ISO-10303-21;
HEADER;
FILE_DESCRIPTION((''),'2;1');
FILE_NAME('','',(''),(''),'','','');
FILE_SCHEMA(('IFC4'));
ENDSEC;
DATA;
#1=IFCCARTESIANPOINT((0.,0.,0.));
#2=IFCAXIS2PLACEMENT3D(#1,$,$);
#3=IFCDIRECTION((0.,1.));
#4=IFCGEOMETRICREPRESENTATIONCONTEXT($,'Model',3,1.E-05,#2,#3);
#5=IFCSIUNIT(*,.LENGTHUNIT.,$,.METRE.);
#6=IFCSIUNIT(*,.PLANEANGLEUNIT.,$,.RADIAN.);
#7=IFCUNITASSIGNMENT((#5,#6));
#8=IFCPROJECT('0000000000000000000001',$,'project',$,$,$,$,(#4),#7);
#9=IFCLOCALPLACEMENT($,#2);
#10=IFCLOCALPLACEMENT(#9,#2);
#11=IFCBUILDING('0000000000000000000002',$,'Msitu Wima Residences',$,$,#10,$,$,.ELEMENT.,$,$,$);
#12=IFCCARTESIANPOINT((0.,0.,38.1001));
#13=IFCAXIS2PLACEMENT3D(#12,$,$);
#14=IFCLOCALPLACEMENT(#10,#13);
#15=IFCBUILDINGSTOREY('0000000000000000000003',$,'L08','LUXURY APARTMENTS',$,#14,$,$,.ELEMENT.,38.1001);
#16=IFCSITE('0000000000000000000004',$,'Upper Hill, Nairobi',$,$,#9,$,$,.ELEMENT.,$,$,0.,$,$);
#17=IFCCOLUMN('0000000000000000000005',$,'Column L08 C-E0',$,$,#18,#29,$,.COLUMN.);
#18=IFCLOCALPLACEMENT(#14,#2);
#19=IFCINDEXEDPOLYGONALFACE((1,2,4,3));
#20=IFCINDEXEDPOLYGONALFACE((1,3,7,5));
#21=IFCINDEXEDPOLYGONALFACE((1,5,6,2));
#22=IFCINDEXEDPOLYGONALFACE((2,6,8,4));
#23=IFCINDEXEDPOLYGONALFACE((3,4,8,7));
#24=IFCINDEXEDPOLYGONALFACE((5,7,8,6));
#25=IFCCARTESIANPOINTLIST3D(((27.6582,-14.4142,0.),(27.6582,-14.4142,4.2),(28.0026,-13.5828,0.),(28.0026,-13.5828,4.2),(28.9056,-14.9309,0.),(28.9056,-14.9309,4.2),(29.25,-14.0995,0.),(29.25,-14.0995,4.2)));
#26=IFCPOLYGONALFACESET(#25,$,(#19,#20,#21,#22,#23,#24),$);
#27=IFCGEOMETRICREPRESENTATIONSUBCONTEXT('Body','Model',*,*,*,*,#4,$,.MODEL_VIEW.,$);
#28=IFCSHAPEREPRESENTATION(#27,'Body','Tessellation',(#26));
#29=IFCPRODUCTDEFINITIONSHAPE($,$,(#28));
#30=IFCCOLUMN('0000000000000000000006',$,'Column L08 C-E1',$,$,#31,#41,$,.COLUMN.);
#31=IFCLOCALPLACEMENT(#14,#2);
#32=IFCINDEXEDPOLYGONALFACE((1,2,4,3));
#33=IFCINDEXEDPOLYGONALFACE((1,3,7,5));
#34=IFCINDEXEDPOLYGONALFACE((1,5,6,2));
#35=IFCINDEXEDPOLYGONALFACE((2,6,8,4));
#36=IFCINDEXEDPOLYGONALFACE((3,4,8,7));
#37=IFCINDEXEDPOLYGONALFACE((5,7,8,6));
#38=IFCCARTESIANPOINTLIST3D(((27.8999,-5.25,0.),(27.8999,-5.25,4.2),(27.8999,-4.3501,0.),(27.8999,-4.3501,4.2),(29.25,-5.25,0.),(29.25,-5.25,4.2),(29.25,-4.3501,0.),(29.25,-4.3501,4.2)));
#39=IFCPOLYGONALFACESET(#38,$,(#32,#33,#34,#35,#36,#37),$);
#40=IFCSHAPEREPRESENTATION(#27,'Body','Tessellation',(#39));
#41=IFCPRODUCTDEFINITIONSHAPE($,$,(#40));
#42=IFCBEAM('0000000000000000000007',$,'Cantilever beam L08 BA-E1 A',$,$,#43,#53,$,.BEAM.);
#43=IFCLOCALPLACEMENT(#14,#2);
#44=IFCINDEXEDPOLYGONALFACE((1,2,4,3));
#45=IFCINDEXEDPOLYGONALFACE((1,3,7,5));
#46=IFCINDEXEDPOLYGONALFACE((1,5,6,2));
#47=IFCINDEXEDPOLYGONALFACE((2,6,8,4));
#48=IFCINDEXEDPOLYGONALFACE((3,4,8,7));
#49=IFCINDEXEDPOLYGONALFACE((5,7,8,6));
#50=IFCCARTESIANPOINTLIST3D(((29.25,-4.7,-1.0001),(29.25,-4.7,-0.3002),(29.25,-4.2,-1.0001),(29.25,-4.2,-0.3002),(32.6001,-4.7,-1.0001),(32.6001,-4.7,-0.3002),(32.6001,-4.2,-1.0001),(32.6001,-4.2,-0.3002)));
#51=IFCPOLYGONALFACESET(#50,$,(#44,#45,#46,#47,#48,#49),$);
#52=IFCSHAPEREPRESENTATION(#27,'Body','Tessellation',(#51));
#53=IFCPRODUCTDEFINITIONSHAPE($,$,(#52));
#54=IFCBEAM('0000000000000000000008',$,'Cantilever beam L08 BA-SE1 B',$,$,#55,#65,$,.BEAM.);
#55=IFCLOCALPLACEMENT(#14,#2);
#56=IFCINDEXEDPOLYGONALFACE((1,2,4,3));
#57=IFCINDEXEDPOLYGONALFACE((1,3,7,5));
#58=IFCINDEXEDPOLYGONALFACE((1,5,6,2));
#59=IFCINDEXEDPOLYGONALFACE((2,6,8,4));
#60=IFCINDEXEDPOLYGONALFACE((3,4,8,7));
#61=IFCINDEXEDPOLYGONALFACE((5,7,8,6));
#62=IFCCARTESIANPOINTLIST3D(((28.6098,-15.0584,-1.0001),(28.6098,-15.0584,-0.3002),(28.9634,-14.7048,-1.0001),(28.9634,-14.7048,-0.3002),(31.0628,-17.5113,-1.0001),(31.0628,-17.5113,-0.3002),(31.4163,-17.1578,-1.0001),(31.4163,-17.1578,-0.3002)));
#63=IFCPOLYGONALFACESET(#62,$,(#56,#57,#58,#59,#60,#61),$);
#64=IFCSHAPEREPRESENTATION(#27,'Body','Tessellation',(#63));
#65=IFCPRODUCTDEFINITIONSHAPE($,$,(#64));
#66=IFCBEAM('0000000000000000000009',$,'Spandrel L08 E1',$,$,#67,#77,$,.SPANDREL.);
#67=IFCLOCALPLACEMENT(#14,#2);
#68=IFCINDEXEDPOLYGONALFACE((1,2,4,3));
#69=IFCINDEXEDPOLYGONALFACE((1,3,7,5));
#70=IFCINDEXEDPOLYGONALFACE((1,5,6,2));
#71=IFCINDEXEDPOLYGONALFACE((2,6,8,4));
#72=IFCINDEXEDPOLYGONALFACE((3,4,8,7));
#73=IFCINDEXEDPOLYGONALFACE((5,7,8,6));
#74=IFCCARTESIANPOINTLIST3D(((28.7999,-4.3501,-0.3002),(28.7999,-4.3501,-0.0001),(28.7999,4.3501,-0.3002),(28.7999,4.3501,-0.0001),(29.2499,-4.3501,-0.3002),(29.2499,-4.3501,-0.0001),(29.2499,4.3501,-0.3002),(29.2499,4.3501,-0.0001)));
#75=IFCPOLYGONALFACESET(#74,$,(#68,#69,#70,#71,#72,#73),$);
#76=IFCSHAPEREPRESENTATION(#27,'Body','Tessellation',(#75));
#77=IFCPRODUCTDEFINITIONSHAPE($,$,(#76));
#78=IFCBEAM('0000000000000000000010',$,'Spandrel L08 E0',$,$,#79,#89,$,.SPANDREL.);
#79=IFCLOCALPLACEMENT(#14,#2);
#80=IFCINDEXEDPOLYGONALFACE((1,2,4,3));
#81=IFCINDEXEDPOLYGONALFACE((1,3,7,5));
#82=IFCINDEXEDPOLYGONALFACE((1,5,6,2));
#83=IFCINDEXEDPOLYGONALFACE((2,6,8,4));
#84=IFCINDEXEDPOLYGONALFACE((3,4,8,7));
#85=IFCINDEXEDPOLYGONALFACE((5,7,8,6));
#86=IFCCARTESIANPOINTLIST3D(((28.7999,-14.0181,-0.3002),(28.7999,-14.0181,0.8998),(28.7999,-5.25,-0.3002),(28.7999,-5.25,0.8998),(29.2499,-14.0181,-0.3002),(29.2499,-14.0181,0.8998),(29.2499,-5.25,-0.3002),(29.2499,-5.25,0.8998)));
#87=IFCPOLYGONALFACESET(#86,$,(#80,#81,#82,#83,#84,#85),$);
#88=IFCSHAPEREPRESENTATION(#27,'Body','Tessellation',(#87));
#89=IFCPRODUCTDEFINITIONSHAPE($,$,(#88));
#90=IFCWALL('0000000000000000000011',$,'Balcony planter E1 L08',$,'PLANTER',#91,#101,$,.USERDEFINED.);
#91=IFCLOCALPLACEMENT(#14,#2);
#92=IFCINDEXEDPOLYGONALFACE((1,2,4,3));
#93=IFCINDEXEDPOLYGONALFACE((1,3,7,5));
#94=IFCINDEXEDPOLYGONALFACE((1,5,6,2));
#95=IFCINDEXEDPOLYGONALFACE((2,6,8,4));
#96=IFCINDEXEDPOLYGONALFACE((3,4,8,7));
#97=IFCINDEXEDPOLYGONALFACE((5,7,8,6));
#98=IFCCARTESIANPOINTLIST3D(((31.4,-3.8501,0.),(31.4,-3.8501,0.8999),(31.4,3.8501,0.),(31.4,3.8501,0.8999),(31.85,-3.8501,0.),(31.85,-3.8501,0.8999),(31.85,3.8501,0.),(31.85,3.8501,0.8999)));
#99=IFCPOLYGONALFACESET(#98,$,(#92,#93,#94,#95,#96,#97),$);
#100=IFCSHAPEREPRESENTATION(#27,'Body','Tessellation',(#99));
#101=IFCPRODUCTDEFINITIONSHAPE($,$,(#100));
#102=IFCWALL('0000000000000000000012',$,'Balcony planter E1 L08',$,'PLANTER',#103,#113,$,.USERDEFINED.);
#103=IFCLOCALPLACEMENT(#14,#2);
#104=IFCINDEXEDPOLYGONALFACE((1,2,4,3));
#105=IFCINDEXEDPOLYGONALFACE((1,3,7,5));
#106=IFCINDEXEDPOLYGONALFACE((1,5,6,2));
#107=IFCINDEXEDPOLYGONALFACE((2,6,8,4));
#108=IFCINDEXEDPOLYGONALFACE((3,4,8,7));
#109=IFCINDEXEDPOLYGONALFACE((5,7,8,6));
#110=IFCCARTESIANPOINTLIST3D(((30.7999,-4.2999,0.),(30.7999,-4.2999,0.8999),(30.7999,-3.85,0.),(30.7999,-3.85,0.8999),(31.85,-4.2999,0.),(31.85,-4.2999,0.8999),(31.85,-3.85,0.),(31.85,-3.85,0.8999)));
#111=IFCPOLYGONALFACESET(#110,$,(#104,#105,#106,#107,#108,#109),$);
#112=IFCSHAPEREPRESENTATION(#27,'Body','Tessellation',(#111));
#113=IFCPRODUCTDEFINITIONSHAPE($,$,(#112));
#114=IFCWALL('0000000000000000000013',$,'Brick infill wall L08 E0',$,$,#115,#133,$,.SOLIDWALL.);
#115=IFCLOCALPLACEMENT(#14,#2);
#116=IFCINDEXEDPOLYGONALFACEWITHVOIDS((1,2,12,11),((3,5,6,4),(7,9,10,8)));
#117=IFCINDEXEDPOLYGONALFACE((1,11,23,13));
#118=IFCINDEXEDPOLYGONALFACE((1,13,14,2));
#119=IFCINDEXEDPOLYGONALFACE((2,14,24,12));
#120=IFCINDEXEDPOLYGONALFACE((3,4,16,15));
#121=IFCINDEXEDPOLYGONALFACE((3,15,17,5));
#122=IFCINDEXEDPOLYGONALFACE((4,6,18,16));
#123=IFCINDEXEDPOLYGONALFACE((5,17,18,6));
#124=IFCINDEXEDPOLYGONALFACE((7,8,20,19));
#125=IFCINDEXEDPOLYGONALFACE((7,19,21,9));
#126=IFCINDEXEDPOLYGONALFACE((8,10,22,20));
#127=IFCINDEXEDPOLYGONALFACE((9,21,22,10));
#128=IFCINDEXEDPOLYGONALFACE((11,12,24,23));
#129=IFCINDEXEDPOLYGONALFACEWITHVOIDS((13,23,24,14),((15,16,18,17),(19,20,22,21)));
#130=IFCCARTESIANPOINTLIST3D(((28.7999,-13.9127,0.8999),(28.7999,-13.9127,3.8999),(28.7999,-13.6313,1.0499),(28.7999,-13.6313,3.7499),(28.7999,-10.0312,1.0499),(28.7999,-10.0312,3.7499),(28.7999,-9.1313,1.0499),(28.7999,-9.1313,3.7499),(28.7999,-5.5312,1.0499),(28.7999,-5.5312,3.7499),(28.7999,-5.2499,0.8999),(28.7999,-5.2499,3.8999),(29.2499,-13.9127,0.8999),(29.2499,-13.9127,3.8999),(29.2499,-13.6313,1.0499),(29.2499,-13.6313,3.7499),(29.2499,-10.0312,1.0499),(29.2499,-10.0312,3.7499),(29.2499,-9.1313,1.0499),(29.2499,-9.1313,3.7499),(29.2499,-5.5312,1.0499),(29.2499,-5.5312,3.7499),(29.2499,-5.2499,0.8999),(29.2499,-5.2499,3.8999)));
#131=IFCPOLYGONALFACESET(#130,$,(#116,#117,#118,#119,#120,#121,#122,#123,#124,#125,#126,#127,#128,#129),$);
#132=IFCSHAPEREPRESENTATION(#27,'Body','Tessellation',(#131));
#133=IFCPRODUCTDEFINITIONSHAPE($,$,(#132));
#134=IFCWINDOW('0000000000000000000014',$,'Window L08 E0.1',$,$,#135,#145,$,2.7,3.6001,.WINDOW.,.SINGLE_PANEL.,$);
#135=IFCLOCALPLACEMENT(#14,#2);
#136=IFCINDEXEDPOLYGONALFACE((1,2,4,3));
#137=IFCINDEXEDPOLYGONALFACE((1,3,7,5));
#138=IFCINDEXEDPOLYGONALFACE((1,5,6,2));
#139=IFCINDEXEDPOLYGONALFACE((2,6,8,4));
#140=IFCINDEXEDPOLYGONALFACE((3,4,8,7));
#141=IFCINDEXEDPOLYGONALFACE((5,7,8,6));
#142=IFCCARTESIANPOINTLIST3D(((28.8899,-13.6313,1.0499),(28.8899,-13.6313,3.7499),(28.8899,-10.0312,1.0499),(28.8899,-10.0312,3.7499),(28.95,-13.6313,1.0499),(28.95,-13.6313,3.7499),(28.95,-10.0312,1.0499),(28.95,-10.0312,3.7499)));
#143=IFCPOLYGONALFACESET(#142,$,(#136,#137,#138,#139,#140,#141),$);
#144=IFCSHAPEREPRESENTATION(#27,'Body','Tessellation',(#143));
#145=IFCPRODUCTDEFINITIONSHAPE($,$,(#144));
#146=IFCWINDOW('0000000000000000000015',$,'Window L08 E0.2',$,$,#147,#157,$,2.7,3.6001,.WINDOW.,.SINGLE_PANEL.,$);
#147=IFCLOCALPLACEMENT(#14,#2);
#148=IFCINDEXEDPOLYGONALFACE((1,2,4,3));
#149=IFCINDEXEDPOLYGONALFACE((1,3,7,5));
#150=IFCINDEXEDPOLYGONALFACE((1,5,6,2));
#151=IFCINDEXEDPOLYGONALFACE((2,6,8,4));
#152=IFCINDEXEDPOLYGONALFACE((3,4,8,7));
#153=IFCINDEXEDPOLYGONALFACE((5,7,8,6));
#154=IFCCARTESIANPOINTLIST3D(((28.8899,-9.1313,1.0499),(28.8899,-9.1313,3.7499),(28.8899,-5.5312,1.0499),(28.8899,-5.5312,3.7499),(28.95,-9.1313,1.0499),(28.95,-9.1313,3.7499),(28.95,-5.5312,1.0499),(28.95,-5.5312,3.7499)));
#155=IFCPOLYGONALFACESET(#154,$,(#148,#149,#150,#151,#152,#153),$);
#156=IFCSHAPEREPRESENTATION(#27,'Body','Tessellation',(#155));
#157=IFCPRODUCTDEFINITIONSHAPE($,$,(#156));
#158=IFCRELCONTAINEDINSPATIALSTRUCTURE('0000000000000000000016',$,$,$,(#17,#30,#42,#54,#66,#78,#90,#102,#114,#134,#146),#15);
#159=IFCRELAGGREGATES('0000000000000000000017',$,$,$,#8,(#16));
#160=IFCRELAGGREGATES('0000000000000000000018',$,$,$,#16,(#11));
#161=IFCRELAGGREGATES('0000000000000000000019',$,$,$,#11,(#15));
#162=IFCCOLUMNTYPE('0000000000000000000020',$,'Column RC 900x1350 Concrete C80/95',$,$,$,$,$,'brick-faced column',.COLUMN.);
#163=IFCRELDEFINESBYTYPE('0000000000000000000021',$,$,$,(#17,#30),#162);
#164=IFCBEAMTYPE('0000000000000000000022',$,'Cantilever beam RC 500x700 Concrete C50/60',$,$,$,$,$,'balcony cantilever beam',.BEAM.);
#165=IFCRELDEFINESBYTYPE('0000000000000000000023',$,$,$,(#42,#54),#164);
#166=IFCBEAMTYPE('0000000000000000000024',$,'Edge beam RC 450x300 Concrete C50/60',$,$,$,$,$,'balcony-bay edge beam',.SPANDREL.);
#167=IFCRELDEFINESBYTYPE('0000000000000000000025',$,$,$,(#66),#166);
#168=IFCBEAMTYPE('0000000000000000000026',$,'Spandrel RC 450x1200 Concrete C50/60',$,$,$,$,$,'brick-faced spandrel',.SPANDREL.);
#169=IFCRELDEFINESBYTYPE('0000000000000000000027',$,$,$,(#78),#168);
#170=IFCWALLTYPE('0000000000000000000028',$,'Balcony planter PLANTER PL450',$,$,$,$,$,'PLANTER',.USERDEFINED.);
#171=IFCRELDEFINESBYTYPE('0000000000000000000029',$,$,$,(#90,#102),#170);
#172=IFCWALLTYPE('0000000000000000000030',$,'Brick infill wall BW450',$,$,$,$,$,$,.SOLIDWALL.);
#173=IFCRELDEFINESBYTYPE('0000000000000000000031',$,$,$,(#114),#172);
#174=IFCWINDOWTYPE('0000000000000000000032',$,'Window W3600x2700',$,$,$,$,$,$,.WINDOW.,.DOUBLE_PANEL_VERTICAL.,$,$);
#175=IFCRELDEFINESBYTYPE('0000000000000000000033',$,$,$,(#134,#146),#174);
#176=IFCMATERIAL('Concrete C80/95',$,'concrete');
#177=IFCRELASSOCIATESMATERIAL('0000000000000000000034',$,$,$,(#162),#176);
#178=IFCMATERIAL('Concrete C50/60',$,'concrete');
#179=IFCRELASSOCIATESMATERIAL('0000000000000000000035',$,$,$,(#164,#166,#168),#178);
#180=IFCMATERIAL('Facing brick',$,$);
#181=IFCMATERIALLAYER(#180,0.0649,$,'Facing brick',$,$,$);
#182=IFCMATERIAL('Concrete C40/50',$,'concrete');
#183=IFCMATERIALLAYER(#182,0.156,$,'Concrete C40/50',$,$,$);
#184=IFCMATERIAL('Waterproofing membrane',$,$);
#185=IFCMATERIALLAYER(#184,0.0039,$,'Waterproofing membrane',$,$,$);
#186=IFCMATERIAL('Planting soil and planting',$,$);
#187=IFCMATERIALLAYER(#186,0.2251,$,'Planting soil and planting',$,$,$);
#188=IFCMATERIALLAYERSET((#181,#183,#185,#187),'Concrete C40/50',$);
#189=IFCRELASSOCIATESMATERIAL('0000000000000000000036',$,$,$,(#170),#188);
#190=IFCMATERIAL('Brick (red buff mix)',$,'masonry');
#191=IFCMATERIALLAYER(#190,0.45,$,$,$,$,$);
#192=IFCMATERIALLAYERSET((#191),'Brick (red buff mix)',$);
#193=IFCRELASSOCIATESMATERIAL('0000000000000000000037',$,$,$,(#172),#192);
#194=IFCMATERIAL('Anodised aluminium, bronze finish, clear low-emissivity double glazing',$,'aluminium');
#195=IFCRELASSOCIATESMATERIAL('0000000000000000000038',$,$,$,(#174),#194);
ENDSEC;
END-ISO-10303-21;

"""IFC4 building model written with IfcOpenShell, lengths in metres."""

from ifc_helpers import new_model, si_unit, direction, frame, frame_2d, origin, origin_2d, place, context, subcontext, project, spatial, rectangle, extrude, material, layer, layer_set, material_profile, profile_set, type_object, element, fill, save


model = new_model("IFC4")

# Units and contexts
model_context = context("Model", 3, precision=1e-05, world=origin(), true_north=direction((0.0, 1.0)))
body_context = subcontext(model_context, "Body", "Model", "MODEL_VIEW")
ifc_project = project(units=[si_unit("LENGTHUNIT", "METRE"), si_unit("PLANEANGLEUNIT", "RADIAN")], contexts=[model_context])

# Site, building, storey
site_placement = place(None, origin())
site = spatial("IfcSite", under=ifc_project, at=site_placement, Name="Upper Hill, Nairobi", CompositionType="ELEMENT", RefElevation=0.0)
building_placement = place(site_placement, origin())
building = spatial("IfcBuilding", under=site, at=building_placement, Name="Msitu Wima Residences", CompositionType="ELEMENT")
storey_placement = place(building_placement, frame((0.0, 0.0, 38.1001)))
storey = spatial("IfcBuildingStorey", under=building, at=storey_placement, Name="L08", Description="LUXURY APARTMENTS", CompositionType="ELEMENT", Elevation=38.1001)

# Columns
ifc_material_1 = material(Name="Concrete C80/95", Category="concrete")
ifc_material_profile_1 = material_profile(ifc_material_1, rectangle(XDim=0.8999, YDim=1.3501, at=origin_2d()), Name="RC 900x1350")
ifc_profile_set_1 = profile_set([ifc_material_profile_1], Name="Concrete C80/95")
column_type = type_object("IfcColumnType", Name="Column RC 900x1350 Concrete C80/95", ElementType="brick-faced column", PredefinedType="COLUMN", material=ifc_profile_set_1)
for number, where, z_axis, x_axis, name in (
    (1, (28.4541, -14.2568, 0.0), (0.0, 0.0, 1.0), (0.382683, 0.92388, 0.0), "Column L08 C-E0"),
    (2, (28.575, -4.8, 0.0), (0.0, 0.0, 1.0), (0.0, 1.0, 0.0), "Column L08 C-E1"),
):
    element("IfcColumn", number, at=place(storey_placement, frame(where, z_axis=z_axis, x_axis=x_axis)), inside=storey, type_object=column_type, Name=name, PredefinedType="COLUMN", context=body_context, shape_type="SweptSolid", body=[
        extrude(rectangle(XDim=0.8999, YDim=1.3501, at=origin_2d()), origin(), (0.0, 0.0, 1.0), 4.2),
    ])

# Beams
ifc_material_2 = material(Name="Concrete C50/60", Category="concrete")
ifc_material_profile_2 = material_profile(ifc_material_2, rectangle(XDim=0.5, YDim=0.7, at=origin_2d()), Name="RC 500x700")
ifc_profile_set_2 = profile_set([ifc_material_profile_2], Name="Concrete C50/60")
beam_type_1 = type_object("IfcBeamType", Name="Cantilever beam RC 500x700 Concrete C50/60", ElementType="balcony cantilever beam", PredefinedType="BEAM", material=ifc_profile_set_2)
beam_1_placement = place(storey_placement, frame((29.25, -4.45, -0.6501), z_axis=(1.0, 0.0, 0.0), x_axis=(0.0, 1.0, 0.0)))
element("IfcBeam", 3, at=beam_1_placement, inside=storey, type_object=beam_type_1, Name="Cantilever beam L08 BA-E1 A", PredefinedType="BEAM", context=body_context, shape_type="SweptSolid", body=[
    extrude(rectangle(XDim=0.5, YDim=0.7, at=origin_2d()), origin(), (0.0, 0.0, 1.0), 3.3501),
])
beam_2_placement = place(storey_placement, frame((28.7866, -14.8816, -0.6501), z_axis=(0.707107, -0.707107, 0.0), x_axis=(0.707107, 0.707107, 0.0)))
element("IfcBeam", 4, at=beam_2_placement, inside=storey, type_object=beam_type_1, Name="Cantilever beam L08 BA-SE1 B", PredefinedType="BEAM", context=body_context, shape_type="SweptSolid", body=[
    extrude(rectangle(XDim=0.5, YDim=0.7, at=origin_2d()), origin(), (0.0, 0.0, 1.0), 3.469),
])
ifc_material_profile_3 = material_profile(ifc_material_2, rectangle(XDim=0.45, YDim=0.3, at=origin_2d()), Name="RC 450x300")
ifc_profile_set_3 = profile_set([ifc_material_profile_3], Name="Concrete C50/60")
beam_type_2 = type_object("IfcBeamType", Name="Edge beam RC 450x300 Concrete C50/60", ElementType="balcony-bay edge beam", PredefinedType="SPANDREL", material=ifc_profile_set_3)
beam_3_placement = place(storey_placement, frame((29.0249, -4.3501, -0.1501), z_axis=(0.0, 1.0, 0.0), x_axis=(-1.0, 0.0, 0.0)))
element("IfcBeam", 5, at=beam_3_placement, inside=storey, type_object=beam_type_2, Name="Spandrel L08 E1", PredefinedType="SPANDREL", context=body_context, shape_type="SweptSolid", body=[
    extrude(rectangle(XDim=0.45, YDim=0.3, at=origin_2d()), origin(), (0.0, 0.0, 1.0), 8.7002),
])
ifc_material_profile_4 = material_profile(ifc_material_2, rectangle(XDim=0.45, YDim=1.2, at=origin_2d()), Name="RC 450x1200")
ifc_profile_set_4 = profile_set([ifc_material_profile_4], Name="Concrete C50/60")
beam_type_3 = type_object("IfcBeamType", Name="Spandrel RC 450x1200 Concrete C50/60", ElementType="brick-faced spandrel", PredefinedType="SPANDREL", material=ifc_profile_set_4)
beam_4_placement = place(storey_placement, frame((29.0249, -14.0181, 0.2998), z_axis=(0.0, 1.0, 0.0), x_axis=(-1.0, 0.0, 0.0)))
element("IfcBeam", 6, at=beam_4_placement, inside=storey, type_object=beam_type_3, Name="Spandrel L08 E0", PredefinedType="SPANDREL", context=body_context, shape_type="SweptSolid", body=[
    extrude(rectangle(XDim=0.45, YDim=1.2, at=origin_2d()), origin(), (0.0, 0.0, 1.0), 8.7681),
])

# Walls
ifc_material_3 = material(Name="Facing brick")
ifc_layer_1 = layer(ifc_material_3, 0.0649, Name="Facing brick")
ifc_material_4 = material(Name="Concrete C40/50", Category="concrete")
ifc_layer_2 = layer(ifc_material_4, 0.156, Name="Concrete C40/50")
ifc_material_5 = material(Name="Waterproofing membrane")
ifc_layer_3 = layer(ifc_material_5, 0.0039, Name="Waterproofing membrane")
ifc_material_6 = material(Name="Planting soil and planting")
ifc_layer_4 = layer(ifc_material_6, 0.2251, Name="Planting soil and planting")
ifc_layer_set_1 = layer_set([ifc_layer_1, ifc_layer_2, ifc_layer_3, ifc_layer_4], Name="Concrete C40/50")
wall_type_1 = type_object("IfcWallType", Name="Balcony planter PLANTER PL450", ElementType="PLANTER", PredefinedType="USERDEFINED", material=ifc_layer_set_1)
wall_1_placement = place(storey_placement, frame((31.625, -3.8501, 0.0), z_axis=(0.0, 0.0, 1.0), x_axis=(0.0, 1.0, 0.0)))
element("IfcWall", 7, at=wall_1_placement, inside=storey, type_object=wall_type_1, Name="Balcony planter E1 L08", ObjectType="PLANTER", PredefinedType="USERDEFINED", context=body_context, shape_type="SweptSolid", body=[
    extrude(rectangle(XDim=7.7002, YDim=0.45, at=frame_2d((3.8501, 0.0))), origin(), (0.0, 0.0, 1.0), 0.8999),
])
wall_2_placement = place(storey_placement, frame((30.8, -4.075, 0.0), z_axis=(0.0, 0.0, 1.0), x_axis=(1.0, 0.0, 0.0)))
element("IfcWall", 8, at=wall_2_placement, inside=storey, type_object=wall_type_1, Name="Balcony planter E1 L08", ObjectType="PLANTER", PredefinedType="USERDEFINED", context=body_context, shape_type="SweptSolid", body=[
    extrude(rectangle(XDim=1.05, YDim=0.45, at=frame_2d((0.5249, 0.0))), origin(), (0.0, 0.0, 1.0), 0.8999),
])

# Wall, openings, windows
ifc_material_7 = material(Name="Brick (red buff mix)", Category="masonry")
ifc_layer_5 = layer(ifc_material_7, 0.45)
ifc_layer_set_2 = layer_set([ifc_layer_5], Name="Brick (red buff mix)")
wall_type_2 = type_object("IfcWallType", Name="Brick infill wall BW450", PredefinedType="SOLIDWALL", material=ifc_layer_set_2)
wall_3_placement = place(storey_placement, frame((29.0249, -13.9128, 0.8999), z_axis=(0.0, 0.0, 1.0), x_axis=(0.0, 1.0, 0.0)))
wall_3 = element("IfcWall", 9, at=wall_3_placement, inside=storey, type_object=wall_type_2, Name="Brick infill wall L08 E0", PredefinedType="SOLIDWALL", context=body_context, shape_type="SweptSolid", body=[
    extrude(rectangle(XDim=8.6628, YDim=0.45, at=frame_2d((4.3315, 0.0))), origin(), (0.0, 0.0, 1.0), 3.0),
])
opening_1_placement = place(wall_3_placement, frame((0.2815, 0.0, 0.1499)))
opening_1 = element("IfcOpeningElement", 10, at=opening_1_placement, cuts=wall_3, PredefinedType="OPENING", context=body_context, shape_type="SweptSolid", body=[
    extrude(rectangle(XDim=3.6001, YDim=2.7, at=frame_2d((1.8, 1.3501))), frame((0.0, 0.2349, 0.0), z_axis=(0.0, -1.0, 0.0), x_axis=(1.0, 0.0, 0.0)), (0.0, 0.0, 1.0), 0.47),
])
opening_2_placement = place(wall_3_placement, frame((4.7815, 0.0, 0.1499)))
opening_2 = element("IfcOpeningElement", 11, at=opening_2_placement, cuts=wall_3, PredefinedType="OPENING", context=body_context, shape_type="SweptSolid", body=[
    extrude(rectangle(XDim=3.6001, YDim=2.7, at=frame_2d((1.8, 1.3501))), frame((0.0, 0.2349, 0.0), z_axis=(0.0, -1.0, 0.0), x_axis=(1.0, 0.0, 0.0)), (0.0, 0.0, 1.0), 0.47),
])
ifc_material_8 = material(Name="Anodised aluminium, bronze finish, clear low-emissivity double glazing", Category="aluminium")
window_type = type_object("IfcWindowType", Name="Window W3600x2700", PartitioningType="DOUBLE_PANEL_VERTICAL", PredefinedType="WINDOW", material=ifc_material_8)
window_1_placement = place(opening_1_placement, origin())
window_1 = element("IfcWindow", 12, at=window_1_placement, inside=storey, type_object=window_type, Name="Window L08 E0.1", OverallHeight=2.7, OverallWidth=3.6001, PartitioningType="SINGLE_PANEL", PredefinedType="WINDOW", context=body_context, shape_type="SweptSolid", body=[
    extrude(rectangle(XDim=3.6001, YDim=2.7, at=frame_2d((1.8, 1.3501))), frame((0.0, 0.135, 0.0), z_axis=(0.0, -1.0, 0.0), x_axis=(1.0, 0.0, 0.0)), (0.0, 0.0, 1.0), 0.0601),
])
fill(opening_1, window_1)
window_2_placement = place(opening_2_placement, origin())
window_2 = element("IfcWindow", 13, at=window_2_placement, inside=storey, type_object=window_type, Name="Window L08 E0.2", OverallHeight=2.7, OverallWidth=3.6001, PartitioningType="SINGLE_PANEL", PredefinedType="WINDOW", context=body_context, shape_type="SweptSolid", body=[
    extrude(rectangle(XDim=3.6001, YDim=2.7, at=frame_2d((1.8, 1.3501))), frame((0.0, 0.135, 0.0), z_axis=(0.0, -1.0, 0.0), x_axis=(1.0, 0.0, 0.0)), (0.0, 0.0, 1.0), 0.0601),
])
fill(opening_2, window_2)

save(model, "model.ifc")
